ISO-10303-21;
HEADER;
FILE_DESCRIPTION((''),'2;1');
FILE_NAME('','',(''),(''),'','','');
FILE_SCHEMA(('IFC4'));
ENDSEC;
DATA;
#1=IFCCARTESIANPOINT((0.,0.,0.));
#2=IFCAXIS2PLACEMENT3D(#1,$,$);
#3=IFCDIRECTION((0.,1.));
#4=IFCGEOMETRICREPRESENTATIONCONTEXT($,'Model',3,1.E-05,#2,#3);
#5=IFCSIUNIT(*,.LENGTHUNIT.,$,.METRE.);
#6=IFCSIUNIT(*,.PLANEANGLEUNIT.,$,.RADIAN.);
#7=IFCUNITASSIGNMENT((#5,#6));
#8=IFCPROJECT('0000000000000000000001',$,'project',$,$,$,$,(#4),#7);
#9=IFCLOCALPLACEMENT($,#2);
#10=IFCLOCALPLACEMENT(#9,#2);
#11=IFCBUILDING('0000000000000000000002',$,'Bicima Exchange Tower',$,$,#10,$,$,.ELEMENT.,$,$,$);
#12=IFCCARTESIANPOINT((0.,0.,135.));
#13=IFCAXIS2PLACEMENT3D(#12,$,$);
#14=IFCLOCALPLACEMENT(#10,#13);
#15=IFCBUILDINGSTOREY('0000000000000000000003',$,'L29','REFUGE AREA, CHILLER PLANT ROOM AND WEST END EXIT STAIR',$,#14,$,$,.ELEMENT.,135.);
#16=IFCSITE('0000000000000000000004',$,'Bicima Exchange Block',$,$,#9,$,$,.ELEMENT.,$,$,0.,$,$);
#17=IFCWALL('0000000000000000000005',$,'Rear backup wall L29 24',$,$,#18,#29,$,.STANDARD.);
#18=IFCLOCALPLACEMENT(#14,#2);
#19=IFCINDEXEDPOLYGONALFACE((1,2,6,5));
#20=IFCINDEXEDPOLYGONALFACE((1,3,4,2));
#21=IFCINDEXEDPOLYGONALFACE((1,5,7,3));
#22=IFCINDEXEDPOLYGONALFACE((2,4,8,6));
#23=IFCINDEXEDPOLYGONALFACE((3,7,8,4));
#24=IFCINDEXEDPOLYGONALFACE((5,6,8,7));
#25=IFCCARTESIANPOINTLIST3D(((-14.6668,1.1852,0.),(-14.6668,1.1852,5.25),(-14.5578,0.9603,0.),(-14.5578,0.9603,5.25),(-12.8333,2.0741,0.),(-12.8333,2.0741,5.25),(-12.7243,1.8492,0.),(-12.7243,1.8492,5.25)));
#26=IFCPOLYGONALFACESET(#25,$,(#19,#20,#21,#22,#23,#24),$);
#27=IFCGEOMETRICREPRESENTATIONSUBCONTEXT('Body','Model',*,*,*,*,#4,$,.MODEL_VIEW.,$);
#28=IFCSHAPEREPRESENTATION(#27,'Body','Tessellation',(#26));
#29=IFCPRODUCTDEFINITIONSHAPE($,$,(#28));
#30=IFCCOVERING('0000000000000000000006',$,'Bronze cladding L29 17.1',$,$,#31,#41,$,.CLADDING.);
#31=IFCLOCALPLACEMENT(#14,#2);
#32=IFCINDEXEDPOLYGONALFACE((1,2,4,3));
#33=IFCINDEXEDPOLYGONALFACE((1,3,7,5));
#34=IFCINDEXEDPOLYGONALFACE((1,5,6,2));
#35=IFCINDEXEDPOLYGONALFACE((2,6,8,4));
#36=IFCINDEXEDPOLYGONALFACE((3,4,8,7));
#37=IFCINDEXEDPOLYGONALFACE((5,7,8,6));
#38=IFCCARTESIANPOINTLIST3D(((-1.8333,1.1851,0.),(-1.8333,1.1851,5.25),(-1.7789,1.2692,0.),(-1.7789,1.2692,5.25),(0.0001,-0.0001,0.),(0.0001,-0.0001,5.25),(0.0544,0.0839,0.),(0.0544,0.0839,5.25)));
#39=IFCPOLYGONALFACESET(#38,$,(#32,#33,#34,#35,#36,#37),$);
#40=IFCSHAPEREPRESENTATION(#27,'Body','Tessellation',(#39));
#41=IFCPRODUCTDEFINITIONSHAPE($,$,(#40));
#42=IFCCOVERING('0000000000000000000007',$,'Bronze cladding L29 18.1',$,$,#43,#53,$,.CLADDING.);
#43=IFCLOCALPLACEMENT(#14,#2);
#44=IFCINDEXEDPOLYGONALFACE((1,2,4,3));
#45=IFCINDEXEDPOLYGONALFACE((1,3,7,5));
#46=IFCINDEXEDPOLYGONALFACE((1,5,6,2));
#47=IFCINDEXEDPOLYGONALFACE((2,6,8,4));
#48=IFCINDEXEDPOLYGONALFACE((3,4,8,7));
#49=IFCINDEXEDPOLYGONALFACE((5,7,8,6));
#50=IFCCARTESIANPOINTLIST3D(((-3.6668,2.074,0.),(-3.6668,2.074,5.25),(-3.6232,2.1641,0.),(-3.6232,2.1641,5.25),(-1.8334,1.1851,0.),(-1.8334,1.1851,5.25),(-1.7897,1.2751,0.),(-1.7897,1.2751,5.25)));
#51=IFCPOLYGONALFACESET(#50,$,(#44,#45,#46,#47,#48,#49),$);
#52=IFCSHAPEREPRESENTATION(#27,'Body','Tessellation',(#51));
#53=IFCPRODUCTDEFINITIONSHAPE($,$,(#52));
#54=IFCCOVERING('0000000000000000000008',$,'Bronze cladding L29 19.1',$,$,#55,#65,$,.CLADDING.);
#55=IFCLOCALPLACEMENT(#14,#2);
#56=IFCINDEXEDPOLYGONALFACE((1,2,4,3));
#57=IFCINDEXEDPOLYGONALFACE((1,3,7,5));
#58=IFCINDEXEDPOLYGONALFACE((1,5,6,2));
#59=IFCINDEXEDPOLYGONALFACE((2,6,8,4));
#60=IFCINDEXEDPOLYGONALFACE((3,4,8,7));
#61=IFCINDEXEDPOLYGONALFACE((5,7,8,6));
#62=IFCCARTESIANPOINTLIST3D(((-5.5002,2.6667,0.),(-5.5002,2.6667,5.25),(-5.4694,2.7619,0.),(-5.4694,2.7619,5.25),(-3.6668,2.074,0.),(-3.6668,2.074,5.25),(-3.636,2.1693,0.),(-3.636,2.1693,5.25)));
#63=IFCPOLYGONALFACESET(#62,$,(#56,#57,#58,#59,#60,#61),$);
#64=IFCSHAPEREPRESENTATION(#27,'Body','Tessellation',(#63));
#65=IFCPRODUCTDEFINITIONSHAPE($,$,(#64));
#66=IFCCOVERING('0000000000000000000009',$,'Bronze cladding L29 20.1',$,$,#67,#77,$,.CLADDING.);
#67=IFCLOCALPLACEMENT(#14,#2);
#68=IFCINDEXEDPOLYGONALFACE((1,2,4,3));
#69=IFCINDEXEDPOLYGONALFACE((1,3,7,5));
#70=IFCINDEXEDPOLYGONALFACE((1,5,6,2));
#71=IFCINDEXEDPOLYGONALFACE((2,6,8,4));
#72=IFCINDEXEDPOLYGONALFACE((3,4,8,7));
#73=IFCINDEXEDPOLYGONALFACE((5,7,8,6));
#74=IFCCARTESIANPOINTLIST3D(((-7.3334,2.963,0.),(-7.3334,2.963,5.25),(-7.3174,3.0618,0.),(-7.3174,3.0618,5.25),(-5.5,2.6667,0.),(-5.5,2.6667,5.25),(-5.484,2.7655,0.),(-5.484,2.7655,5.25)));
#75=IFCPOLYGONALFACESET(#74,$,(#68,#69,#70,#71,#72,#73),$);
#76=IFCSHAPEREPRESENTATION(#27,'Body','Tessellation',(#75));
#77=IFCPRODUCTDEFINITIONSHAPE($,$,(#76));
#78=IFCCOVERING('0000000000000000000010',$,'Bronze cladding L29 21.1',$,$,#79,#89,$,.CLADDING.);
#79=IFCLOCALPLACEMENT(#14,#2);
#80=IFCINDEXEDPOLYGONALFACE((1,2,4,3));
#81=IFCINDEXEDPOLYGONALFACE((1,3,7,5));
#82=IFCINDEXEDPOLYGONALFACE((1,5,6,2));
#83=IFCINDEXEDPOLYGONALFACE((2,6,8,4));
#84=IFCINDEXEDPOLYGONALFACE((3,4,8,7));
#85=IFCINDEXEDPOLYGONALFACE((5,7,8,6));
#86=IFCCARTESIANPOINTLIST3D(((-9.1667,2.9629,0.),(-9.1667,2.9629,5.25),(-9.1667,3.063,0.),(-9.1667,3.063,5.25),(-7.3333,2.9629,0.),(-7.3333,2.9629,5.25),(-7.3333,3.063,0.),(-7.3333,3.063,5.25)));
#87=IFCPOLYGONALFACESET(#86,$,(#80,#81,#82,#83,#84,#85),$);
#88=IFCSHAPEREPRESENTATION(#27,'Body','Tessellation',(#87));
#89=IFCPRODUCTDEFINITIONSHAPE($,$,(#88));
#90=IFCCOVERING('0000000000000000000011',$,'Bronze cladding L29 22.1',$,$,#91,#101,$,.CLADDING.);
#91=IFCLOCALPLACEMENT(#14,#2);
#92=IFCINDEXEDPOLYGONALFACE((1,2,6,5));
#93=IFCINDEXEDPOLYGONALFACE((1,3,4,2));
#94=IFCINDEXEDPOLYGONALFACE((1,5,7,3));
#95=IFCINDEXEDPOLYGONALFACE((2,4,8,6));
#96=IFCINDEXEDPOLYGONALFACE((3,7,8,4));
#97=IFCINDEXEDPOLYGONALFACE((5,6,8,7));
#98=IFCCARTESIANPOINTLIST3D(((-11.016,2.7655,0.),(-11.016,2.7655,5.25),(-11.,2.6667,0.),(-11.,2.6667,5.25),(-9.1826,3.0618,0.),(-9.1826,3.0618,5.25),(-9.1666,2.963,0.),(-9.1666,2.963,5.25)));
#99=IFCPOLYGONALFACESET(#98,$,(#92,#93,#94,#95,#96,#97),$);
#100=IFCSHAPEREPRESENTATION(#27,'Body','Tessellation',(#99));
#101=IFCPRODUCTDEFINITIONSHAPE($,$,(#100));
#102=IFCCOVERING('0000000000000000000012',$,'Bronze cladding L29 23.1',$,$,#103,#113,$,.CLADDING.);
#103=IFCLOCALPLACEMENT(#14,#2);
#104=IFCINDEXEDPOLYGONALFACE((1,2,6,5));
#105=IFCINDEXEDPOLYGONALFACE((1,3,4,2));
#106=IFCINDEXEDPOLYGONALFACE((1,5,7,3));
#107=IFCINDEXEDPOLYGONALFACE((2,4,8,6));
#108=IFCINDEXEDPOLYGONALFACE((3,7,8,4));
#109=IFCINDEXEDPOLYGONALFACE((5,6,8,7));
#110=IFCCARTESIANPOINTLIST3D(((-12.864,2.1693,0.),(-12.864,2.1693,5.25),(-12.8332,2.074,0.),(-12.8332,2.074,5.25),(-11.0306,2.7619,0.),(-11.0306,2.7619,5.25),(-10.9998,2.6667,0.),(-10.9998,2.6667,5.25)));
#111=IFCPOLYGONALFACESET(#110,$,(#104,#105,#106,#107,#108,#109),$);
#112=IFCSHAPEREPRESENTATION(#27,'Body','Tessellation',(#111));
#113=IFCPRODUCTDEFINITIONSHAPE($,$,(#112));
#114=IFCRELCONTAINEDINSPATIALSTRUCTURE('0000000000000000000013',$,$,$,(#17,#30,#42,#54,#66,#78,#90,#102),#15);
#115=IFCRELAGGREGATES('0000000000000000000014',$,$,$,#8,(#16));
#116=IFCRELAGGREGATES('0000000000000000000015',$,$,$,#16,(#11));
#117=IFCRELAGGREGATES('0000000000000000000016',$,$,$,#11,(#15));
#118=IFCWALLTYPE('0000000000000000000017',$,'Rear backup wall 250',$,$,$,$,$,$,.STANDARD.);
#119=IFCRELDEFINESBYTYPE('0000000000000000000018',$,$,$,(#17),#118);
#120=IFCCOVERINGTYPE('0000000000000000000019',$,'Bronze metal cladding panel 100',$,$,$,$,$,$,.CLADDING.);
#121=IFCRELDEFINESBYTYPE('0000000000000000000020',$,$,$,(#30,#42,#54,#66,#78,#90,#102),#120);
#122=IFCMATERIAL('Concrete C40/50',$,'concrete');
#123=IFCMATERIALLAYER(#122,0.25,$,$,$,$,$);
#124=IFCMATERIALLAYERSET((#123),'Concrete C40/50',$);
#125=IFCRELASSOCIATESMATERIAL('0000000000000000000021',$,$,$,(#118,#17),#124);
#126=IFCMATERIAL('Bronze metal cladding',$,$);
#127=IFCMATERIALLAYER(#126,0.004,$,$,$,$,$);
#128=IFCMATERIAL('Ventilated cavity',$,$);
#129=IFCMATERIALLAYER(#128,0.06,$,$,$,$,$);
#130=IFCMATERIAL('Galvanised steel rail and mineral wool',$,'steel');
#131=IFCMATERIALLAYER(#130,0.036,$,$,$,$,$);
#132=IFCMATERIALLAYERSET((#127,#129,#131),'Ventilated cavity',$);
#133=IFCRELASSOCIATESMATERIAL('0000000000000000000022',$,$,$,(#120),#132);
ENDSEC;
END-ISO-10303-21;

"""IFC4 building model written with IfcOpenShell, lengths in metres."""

from ifc_helpers import new_model, si_unit, direction, frame, frame_2d, origin, origin_2d, place, context, subcontext, project, spatial, rectangle, extrude, material, layer, layer_set, layer_usage, type_object, element, save


model = new_model("IFC4")

# Units and contexts
model_context = context("Model", 3, precision=1e-05, world=origin(), true_north=direction((0.0, 1.0)))
body_context = subcontext(model_context, "Body", "Model", "MODEL_VIEW")
ifc_project = project(units=[si_unit("LENGTHUNIT", "METRE"), si_unit("PLANEANGLEUNIT", "RADIAN")], contexts=[model_context])

# Site, building, storey
site_placement = place(None, origin())
site = spatial("IfcSite", under=ifc_project, at=site_placement, Name="Bicima Exchange Block", CompositionType="ELEMENT", RefElevation=0.0)
building_placement = place(site_placement, origin())
building = spatial("IfcBuilding", under=site, at=building_placement, Name="Bicima Exchange Tower", CompositionType="ELEMENT")
storey_placement = place(building_placement, frame((0.0, 0.0, 135.0)))
storey = spatial("IfcBuildingStorey", under=building, at=storey_placement, Name="L29", Description="REFUGE AREA, CHILLER PLANT ROOM AND WEST END EXIT STAIR", CompositionType="ELEMENT", Elevation=135.0)

# Shared definitions
ifc_material_1 = material(Name="Concrete C40/50", Category="concrete")

# Wall
ifc_layer_1 = layer(ifc_material_1, 0.25)
ifc_layer_set_1 = layer_set([ifc_layer_1], Name="Concrete C40/50")
ifc_layer_usage = layer_usage(ifc_layer_set_1, "AXIS2", "POSITIVE", -0.125)
wall_type = type_object("IfcWallType", Name="Rear backup wall 250", PredefinedType="STANDARD", material=ifc_layer_set_1)
wall_1_placement = place(storey_placement, frame((-12.7788, 1.9617, 0.0), z_axis=(0.0, 0.0, 1.0), x_axis=(-0.899824, -0.436253, 0.0)))
element("IfcWall", 1, at=wall_1_placement, inside=storey, type_object=wall_type, material=ifc_layer_usage, Name="Rear backup wall L29 24", PredefinedType="STANDARD", context=body_context, shape_type="SweptSolid", body=[
    extrude(rectangle(XDim=2.0376, YDim=0.25, at=frame_2d((1.0188, 0.0))), origin(), (0.0, 0.0, 1.0), 5.25),
])

# Coverings
ifc_material_2 = material(Name="Bronze metal cladding")
ifc_layer_2 = layer(ifc_material_2, 0.004)
ifc_material_3 = material(Name="Ventilated cavity")
ifc_layer_3 = layer(ifc_material_3, 0.06)
ifc_material_4 = material(Name="Galvanised steel rail and mineral wool", Category="steel")
ifc_layer_4 = layer(ifc_material_4, 0.036)
ifc_layer_set_2 = layer_set([ifc_layer_2, ifc_layer_3, ifc_layer_4], Name="Ventilated cavity")
covering_type = type_object("IfcCoveringType", Name="Bronze metal cladding panel 100", PredefinedType="CLADDING", material=ifc_layer_set_2)
covering_1_placement = place(storey_placement, frame((-0.8894, 0.6345, 0.0), z_axis=(0.0, 0.0, 1.0), x_axis=(-0.83979, 0.542911, 0.0)))
element("IfcCovering", 2, at=covering_1_placement, inside=storey, type_object=covering_type, Name="Bronze cladding L29 17.1", PredefinedType="CLADDING", context=body_context, shape_type="SweptSolid", body=[
    extrude(rectangle(XDim=2.1831, YDim=0.1001, at=origin_2d()), origin(), (0.0, 0.0, 1.0), 5.25),
])
covering_2_placement = place(storey_placement, frame((-2.7283, 1.6746, 0.0), z_axis=(0.0, 0.0, 1.0), x_axis=(-0.899818, 0.436265, 0.0)))
element("IfcCovering", 3, at=covering_2_placement, inside=storey, type_object=covering_type, Name="Bronze cladding L29 18.1", PredefinedType="CLADDING", context=body_context, shape_type="SweptSolid", body=[
    extrude(rectangle(XDim=2.0376, YDim=0.1001, at=origin_2d()), origin(), (0.0, 0.0, 1.0), 5.25),
])
covering_3_placement = place(storey_placement, frame((-4.5681, 2.418, 0.0), z_axis=(0.0, 0.0, 1.0), x_axis=(-0.951525, 0.307573, 0.0)))
element("IfcCovering", 4, at=covering_3_placement, inside=storey, type_object=covering_type, Name="Bronze cladding L29 19.1", PredefinedType="CLADDING", context=body_context, shape_type="SweptSolid", body=[
    extrude(rectangle(XDim=1.9268, YDim=0.1001, at=origin_2d()), origin(), (0.0, 0.0, 1.0), 5.25),
])
covering_4_placement = place(storey_placement, frame((-6.4087, 2.8643, 0.0), z_axis=(0.0, 0.0, 1.0), x_axis=(-0.98719, 0.15955, 0.0)))
element("IfcCovering", 5, at=covering_4_placement, inside=storey, type_object=covering_type, Name="Bronze cladding L29 20.1", PredefinedType="CLADDING", context=body_context, shape_type="SweptSolid", body=[
    extrude(rectangle(XDim=1.8572, YDim=0.1001, at=origin_2d()), origin(), (0.0, 0.0, 1.0), 5.25),
])
covering_5_placement = place(storey_placement, frame((-8.25, 3.0129, 0.0), z_axis=(0.0, 0.0, 1.0), x_axis=(-1.0, 0.0, 0.0)))
element("IfcCovering", 6, at=covering_5_placement, inside=storey, type_object=covering_type, Name="Bronze cladding L29 21.1", PredefinedType="CLADDING", context=body_context, shape_type="SweptSolid", body=[
    extrude(rectangle(XDim=1.8335, YDim=0.1001, at=origin_2d()), origin(), (0.0, 0.0, 1.0), 5.25),
])
covering_6_placement = place(storey_placement, frame((-10.0913, 2.8643, 0.0), z_axis=(0.0, 0.0, 1.0), x_axis=(-0.98719, -0.15955, 0.0)))
element("IfcCovering", 7, at=covering_6_placement, inside=storey, type_object=covering_type, Name="Bronze cladding L29 22.1", PredefinedType="CLADDING", context=body_context, shape_type="SweptSolid", body=[
    extrude(rectangle(XDim=1.8572, YDim=0.1001, at=origin_2d()), origin(), (0.0, 0.0, 1.0), 5.25),
])
covering_7_placement = place(storey_placement, frame((-11.9319, 2.418, 0.0), z_axis=(0.0, 0.0, 1.0), x_axis=(-0.951525, -0.307573, 0.0)))
element("IfcCovering", 8, at=covering_7_placement, inside=storey, type_object=covering_type, Name="Bronze cladding L29 23.1", PredefinedType="CLADDING", context=body_context, shape_type="SweptSolid", body=[
    extrude(rectangle(XDim=1.9268, YDim=0.1001, at=origin_2d()), origin(), (0.0, 0.0, 1.0), 5.25),
])

save(model, "model.ifc")
